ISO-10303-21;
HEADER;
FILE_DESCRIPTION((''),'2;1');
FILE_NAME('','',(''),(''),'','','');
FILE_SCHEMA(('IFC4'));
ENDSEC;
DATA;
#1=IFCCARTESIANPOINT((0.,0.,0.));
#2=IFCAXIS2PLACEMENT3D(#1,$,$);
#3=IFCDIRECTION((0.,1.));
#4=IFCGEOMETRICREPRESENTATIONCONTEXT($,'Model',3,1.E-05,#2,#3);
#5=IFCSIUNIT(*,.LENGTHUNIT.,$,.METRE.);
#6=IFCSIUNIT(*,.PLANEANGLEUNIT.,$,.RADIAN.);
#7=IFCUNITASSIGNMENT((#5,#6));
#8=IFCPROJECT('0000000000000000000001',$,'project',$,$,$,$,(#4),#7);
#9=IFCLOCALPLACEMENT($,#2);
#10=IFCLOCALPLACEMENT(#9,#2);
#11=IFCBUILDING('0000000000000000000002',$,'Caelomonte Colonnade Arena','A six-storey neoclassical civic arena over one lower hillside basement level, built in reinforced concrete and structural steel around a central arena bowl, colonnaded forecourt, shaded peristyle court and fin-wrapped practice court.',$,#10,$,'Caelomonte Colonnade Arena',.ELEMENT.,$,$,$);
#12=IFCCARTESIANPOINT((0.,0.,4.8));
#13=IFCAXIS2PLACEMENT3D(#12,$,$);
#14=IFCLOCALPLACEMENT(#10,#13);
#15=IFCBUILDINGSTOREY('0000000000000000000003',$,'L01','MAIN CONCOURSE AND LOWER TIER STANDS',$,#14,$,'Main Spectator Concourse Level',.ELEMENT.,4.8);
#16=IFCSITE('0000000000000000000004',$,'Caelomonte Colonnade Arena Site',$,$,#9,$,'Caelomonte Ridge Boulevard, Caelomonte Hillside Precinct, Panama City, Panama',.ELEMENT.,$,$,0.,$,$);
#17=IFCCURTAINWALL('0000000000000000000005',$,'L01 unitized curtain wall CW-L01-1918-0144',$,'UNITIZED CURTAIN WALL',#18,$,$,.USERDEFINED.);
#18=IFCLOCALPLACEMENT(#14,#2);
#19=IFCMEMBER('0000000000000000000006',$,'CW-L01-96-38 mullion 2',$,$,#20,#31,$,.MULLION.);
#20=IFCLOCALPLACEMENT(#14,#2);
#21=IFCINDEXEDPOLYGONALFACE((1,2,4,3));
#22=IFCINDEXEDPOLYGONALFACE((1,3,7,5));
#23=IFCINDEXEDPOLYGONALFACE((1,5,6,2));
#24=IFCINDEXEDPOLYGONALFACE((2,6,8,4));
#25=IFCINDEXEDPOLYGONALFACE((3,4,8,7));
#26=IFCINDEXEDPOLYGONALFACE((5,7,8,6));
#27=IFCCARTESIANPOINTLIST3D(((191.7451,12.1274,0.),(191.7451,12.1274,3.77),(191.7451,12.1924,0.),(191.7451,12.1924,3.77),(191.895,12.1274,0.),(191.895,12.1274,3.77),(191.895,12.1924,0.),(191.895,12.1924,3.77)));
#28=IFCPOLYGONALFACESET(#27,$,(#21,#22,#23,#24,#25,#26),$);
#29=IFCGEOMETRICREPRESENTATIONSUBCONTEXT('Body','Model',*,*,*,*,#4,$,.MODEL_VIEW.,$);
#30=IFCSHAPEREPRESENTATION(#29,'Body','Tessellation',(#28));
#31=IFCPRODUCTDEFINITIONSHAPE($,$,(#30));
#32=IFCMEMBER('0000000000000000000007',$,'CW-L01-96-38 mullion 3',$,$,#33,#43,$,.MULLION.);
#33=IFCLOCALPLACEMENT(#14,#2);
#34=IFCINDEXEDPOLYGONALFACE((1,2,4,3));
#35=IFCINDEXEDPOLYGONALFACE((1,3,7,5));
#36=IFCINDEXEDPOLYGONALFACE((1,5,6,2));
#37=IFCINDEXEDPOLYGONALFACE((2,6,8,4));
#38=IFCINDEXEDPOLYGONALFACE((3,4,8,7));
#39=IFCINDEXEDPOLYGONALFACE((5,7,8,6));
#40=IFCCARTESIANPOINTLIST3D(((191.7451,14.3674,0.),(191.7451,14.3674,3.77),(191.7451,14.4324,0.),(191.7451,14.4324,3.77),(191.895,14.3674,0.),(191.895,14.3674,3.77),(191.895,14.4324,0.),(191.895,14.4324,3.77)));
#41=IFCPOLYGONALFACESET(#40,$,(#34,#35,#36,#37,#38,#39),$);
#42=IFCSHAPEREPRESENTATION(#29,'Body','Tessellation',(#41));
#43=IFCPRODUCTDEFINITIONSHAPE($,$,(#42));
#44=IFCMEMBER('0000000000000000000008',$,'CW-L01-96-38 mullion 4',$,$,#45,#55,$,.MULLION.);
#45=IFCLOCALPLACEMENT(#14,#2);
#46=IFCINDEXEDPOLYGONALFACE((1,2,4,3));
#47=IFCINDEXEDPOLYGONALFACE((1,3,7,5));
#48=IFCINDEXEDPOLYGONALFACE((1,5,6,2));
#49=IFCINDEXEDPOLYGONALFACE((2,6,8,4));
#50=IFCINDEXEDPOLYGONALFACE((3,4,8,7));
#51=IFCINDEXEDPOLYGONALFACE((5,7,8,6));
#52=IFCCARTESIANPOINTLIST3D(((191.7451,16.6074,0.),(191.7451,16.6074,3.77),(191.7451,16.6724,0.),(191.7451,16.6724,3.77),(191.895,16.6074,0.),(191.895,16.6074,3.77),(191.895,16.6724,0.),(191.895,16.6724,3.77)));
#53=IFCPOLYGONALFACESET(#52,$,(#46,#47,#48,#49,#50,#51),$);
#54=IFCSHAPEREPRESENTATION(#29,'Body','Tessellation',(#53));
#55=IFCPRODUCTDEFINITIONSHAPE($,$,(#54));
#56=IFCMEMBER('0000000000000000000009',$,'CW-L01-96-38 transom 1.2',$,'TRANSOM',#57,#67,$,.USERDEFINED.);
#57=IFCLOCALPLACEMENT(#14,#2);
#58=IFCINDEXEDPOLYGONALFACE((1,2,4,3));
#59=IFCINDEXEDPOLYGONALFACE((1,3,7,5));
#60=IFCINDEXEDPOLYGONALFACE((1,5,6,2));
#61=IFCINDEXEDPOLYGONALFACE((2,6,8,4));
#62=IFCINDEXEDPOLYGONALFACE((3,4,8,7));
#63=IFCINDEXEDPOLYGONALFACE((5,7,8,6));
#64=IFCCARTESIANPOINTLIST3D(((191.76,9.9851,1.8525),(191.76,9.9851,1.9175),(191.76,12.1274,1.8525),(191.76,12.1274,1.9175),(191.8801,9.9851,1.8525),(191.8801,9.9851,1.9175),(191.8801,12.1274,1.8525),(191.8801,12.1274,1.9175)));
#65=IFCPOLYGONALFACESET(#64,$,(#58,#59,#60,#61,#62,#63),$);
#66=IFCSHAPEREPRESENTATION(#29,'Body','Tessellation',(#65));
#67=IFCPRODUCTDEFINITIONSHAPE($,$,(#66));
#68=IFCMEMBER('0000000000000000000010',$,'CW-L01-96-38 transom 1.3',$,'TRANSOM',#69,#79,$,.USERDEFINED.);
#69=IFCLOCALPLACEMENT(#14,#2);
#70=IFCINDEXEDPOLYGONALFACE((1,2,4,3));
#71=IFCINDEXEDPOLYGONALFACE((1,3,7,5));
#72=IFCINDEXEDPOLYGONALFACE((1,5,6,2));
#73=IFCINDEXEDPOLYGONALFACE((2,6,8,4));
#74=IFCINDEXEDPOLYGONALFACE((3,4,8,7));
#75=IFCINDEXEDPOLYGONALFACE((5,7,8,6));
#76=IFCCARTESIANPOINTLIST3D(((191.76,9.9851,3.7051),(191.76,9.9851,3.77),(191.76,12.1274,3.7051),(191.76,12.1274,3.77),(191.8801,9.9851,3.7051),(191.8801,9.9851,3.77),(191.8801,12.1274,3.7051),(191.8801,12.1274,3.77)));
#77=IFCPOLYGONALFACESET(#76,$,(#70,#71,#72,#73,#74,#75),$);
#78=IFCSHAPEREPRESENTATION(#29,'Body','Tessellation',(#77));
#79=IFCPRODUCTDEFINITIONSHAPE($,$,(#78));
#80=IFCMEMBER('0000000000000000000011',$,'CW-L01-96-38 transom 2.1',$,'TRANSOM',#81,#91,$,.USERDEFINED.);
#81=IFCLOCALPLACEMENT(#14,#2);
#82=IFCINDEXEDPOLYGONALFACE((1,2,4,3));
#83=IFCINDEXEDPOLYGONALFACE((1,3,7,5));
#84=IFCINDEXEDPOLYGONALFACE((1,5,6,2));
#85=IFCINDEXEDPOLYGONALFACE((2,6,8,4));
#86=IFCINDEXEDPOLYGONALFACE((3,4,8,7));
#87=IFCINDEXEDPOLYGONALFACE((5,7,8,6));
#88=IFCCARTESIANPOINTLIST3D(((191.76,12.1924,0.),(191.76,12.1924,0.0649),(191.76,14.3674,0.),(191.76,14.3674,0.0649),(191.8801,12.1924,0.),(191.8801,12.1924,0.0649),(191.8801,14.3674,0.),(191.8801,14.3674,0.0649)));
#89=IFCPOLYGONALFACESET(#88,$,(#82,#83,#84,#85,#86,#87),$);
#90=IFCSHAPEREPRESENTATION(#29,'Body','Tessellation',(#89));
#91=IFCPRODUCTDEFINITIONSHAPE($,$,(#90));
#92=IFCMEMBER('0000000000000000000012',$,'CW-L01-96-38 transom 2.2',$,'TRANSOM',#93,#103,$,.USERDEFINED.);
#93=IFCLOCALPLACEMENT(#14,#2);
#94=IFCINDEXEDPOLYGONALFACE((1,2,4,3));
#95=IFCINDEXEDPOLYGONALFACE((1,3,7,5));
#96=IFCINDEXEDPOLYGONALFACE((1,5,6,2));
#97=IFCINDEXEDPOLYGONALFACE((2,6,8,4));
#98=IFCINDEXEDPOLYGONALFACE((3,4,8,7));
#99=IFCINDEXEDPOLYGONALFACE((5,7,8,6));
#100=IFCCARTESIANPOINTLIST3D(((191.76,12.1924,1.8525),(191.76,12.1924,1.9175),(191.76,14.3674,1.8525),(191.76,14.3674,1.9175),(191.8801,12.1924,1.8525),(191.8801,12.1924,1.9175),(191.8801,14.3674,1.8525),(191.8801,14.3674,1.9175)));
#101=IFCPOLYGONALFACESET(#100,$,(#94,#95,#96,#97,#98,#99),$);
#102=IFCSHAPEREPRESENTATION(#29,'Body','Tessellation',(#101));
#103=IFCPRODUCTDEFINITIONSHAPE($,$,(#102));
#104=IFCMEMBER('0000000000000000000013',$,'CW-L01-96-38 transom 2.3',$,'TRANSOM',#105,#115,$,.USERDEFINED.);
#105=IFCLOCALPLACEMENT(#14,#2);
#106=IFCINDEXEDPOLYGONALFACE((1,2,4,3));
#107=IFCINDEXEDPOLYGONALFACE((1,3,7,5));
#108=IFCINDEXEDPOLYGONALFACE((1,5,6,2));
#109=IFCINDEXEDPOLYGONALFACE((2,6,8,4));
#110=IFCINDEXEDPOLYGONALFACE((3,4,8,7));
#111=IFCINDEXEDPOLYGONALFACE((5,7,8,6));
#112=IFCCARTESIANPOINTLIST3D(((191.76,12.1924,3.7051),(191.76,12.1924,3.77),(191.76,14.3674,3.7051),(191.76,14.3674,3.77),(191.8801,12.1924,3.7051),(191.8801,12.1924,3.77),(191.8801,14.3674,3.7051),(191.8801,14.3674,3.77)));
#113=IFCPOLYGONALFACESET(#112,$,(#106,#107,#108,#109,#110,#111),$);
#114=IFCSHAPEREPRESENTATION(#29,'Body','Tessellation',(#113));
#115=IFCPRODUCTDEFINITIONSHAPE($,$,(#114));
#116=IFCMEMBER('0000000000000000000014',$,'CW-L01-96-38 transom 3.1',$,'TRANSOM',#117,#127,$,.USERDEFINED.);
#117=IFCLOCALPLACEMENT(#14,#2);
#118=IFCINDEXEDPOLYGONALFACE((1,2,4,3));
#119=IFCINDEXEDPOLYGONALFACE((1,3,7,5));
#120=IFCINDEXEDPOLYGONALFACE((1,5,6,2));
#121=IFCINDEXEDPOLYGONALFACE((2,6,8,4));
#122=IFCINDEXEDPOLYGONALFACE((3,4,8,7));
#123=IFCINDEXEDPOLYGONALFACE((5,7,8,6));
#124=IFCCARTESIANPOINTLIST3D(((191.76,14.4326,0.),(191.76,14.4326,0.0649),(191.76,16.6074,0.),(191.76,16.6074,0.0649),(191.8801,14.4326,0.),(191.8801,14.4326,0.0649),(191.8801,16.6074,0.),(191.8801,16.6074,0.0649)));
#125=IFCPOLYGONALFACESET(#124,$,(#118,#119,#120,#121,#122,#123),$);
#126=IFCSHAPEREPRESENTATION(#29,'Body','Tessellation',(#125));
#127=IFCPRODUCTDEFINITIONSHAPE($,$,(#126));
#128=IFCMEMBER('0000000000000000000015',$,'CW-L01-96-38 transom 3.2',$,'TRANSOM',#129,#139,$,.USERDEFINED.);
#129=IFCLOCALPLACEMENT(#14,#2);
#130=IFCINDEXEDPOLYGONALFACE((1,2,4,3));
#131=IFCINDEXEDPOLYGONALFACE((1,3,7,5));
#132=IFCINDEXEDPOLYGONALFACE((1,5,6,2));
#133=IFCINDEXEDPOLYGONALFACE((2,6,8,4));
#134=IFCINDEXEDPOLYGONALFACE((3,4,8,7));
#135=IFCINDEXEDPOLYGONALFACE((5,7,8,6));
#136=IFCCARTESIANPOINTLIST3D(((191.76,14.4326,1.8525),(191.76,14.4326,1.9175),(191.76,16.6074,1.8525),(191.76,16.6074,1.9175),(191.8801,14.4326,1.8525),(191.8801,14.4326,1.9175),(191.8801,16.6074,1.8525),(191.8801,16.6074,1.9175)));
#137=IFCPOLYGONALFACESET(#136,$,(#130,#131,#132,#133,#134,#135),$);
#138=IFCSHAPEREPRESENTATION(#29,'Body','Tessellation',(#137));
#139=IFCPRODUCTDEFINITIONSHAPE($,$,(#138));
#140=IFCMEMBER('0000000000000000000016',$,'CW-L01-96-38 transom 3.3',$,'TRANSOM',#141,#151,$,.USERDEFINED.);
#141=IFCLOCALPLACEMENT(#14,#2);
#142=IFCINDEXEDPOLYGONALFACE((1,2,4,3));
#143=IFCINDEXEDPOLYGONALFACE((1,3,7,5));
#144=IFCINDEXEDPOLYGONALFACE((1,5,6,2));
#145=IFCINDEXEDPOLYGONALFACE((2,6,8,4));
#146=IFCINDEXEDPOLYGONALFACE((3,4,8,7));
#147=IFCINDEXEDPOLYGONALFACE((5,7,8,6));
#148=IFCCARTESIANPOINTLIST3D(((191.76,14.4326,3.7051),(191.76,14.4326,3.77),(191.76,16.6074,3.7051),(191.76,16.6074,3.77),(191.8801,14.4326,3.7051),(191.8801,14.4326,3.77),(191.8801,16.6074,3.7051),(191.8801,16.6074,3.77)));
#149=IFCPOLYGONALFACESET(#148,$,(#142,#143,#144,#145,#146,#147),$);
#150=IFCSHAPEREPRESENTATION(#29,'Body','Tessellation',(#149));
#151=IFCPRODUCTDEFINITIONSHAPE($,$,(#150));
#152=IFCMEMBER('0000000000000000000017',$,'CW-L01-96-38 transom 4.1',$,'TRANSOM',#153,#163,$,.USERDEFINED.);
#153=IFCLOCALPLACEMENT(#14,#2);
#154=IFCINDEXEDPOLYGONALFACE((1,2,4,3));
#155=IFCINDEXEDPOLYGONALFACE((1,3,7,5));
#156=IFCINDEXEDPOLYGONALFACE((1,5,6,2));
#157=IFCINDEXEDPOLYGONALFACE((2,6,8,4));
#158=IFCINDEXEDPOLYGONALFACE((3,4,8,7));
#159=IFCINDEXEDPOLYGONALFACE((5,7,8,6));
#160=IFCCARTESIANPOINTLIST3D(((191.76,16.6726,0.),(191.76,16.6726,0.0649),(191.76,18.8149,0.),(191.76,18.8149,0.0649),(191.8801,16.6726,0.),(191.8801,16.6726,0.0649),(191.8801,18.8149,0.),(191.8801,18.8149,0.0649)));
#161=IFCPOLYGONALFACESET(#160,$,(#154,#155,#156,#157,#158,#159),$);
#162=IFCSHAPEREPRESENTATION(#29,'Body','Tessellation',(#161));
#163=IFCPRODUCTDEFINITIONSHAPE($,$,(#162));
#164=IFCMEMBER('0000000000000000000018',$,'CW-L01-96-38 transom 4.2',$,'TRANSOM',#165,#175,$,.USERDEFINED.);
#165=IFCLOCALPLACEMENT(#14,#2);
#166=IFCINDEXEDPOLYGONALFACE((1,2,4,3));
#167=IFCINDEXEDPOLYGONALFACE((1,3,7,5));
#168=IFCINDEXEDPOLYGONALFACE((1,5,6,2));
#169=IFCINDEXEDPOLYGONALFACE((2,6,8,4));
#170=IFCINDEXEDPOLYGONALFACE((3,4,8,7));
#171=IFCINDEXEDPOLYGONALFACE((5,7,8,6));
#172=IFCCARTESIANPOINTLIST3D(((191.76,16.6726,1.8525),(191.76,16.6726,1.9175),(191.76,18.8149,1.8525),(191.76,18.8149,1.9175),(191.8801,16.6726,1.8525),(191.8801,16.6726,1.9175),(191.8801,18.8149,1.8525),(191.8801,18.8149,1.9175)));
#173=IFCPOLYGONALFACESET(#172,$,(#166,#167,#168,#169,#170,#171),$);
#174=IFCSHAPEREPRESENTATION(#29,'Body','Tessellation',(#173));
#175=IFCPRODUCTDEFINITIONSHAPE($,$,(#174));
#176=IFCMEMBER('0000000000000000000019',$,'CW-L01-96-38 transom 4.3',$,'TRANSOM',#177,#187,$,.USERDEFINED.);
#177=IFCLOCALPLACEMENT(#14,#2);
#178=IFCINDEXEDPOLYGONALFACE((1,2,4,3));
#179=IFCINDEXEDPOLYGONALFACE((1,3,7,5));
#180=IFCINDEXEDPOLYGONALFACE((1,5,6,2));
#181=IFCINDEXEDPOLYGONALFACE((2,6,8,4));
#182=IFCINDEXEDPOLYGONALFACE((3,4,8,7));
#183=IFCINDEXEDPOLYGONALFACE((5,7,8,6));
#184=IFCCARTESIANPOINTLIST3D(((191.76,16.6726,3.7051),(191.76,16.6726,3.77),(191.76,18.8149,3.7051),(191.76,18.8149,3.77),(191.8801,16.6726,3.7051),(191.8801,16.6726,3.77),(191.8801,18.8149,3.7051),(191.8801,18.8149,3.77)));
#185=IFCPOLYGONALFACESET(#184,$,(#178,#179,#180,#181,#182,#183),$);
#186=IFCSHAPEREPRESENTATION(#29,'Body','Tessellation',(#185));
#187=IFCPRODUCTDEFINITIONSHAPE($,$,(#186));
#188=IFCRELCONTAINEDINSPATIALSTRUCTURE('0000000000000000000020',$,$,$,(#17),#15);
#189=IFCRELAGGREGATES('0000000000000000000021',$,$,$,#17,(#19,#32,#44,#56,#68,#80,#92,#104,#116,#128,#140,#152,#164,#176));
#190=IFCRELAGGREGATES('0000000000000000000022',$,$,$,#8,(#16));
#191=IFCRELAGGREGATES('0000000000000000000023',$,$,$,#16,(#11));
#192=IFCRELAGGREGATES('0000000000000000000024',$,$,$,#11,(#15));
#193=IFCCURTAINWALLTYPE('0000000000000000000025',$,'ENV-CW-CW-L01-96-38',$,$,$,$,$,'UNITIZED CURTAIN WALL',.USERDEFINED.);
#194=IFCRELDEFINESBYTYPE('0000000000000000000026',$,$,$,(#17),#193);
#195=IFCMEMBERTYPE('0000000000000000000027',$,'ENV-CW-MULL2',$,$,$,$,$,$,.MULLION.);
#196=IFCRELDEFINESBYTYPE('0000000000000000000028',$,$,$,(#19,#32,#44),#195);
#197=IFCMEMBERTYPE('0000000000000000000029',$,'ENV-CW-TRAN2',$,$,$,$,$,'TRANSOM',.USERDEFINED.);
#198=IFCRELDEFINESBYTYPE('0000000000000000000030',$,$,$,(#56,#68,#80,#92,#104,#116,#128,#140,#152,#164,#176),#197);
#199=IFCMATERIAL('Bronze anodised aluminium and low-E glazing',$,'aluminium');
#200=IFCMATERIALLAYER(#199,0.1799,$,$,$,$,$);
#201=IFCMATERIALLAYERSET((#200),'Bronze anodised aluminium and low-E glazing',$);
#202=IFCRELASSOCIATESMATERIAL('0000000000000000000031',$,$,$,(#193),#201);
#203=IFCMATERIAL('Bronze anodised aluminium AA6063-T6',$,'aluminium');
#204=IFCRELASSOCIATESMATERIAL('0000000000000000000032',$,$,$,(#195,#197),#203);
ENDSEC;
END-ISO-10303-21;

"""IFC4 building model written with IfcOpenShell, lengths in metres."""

from ifc_helpers import new_model, si_unit, direction, frame, origin, origin_2d, place, context, subcontext, project, spatial, rectangle, extrude, material, layer, layer_set, material_profile, profile_set, type_object, element, aggregate, save


model = new_model("IFC4")

# Units and contexts
model_context = context("Model", 3, precision=1e-05, world=origin(), true_north=direction((0.0, 1.0)))
body_context = subcontext(model_context, "Body", "Model", "MODEL_VIEW")
ifc_project = project(units=[si_unit("LENGTHUNIT", "METRE"), si_unit("PLANEANGLEUNIT", "RADIAN")], contexts=[model_context])

# Site, building, storey
site_placement = place(None, origin())
site = spatial("IfcSite", under=ifc_project, at=site_placement, Name="Caelomonte Colonnade Arena Site", LongName="Caelomonte Ridge Boulevard, Caelomonte Hillside Precinct, Panama City, Panama", CompositionType="ELEMENT", RefElevation=0.0)
building_placement = place(site_placement, origin())
building = spatial("IfcBuilding", under=site, at=building_placement, Name="Caelomonte Colonnade Arena", Description="A six-storey neoclassical civic arena over one lower hillside basement level, built in reinforced concrete and structural steel around a central arena bowl, colonnaded forecourt, shaded peristyle court and fin-wrapped practice court.", LongName="Caelomonte Colonnade Arena", CompositionType="ELEMENT")
storey_placement = place(building_placement, frame((0.0, 0.0, 4.8)))
storey = spatial("IfcBuildingStorey", under=building, at=storey_placement, Name="L01", Description="MAIN CONCOURSE AND LOWER TIER STANDS", LongName="Main Spectator Concourse Level", CompositionType="ELEMENT", Elevation=4.8)

# Curtain wall, members
ifc_material_1 = material(Name="Bronze anodised aluminium and low-E glazing", Category="aluminium")
ifc_layer_1 = layer(ifc_material_1, 0.1799)
ifc_layer_set_1 = layer_set([ifc_layer_1], Name="Bronze anodised aluminium and low-E glazing")
curtain_wall_type = type_object("IfcCurtainWallType", Name="ENV-CW-CW-L01-96-38", ElementType="UNITIZED CURTAIN WALL", PredefinedType="USERDEFINED", material=ifc_layer_set_1)
curtain_wall_placement = place(storey_placement, origin())
curtain_wall = element("IfcCurtainWall", 1, at=curtain_wall_placement, inside=storey, type_object=curtain_wall_type, Name="L01 unitized curtain wall CW-L01-1918-0144", ObjectType="UNITIZED CURTAIN WALL", PredefinedType="USERDEFINED")
ifc_material_2 = material(Name="Bronze anodised aluminium AA6063-T6", Category="aluminium")
ifc_material_profile_1 = material_profile(ifc_material_2, rectangle(XDim=0.0649, YDim=0.1499, at=origin_2d()), Name="CWM-65X150")
ifc_profile_set_1 = profile_set([ifc_material_profile_1], Name="Bronze anodised aluminium AA6063-T6")
member_type_1 = type_object("IfcMemberType", Name="ENV-CW-MULL2", PredefinedType="MULLION", material=ifc_profile_set_1)
member_1_placement = place(storey_placement, frame((191.8201, 12.1599, 0.0), z_axis=(0.0, 0.0, 1.0), x_axis=(0.0, 1.0, 0.0)))
member_1 = element("IfcMember", 2, at=member_1_placement, type_object=member_type_1, Name="CW-L01-96-38 mullion 2", PredefinedType="MULLION", context=body_context, shape_type="SweptSolid", body=[
    extrude(rectangle(XDim=0.0649, YDim=0.1499, at=origin_2d()), origin(), (0.0, 0.0, 1.0), 3.77),
])
member_2_placement = place(storey_placement, frame((191.8201, 14.3999, 0.0), z_axis=(0.0, 0.0, 1.0), x_axis=(0.0, 1.0, 0.0)))
member_2 = element("IfcMember", 3, at=member_2_placement, type_object=member_type_1, Name="CW-L01-96-38 mullion 3", PredefinedType="MULLION", context=body_context, shape_type="SweptSolid", body=[
    extrude(rectangle(XDim=0.0649, YDim=0.1499, at=origin_2d()), origin(), (0.0, 0.0, 1.0), 3.77),
])
member_3_placement = place(storey_placement, frame((191.8201, 16.6399, 0.0), z_axis=(0.0, 0.0, 1.0), x_axis=(0.0, 1.0, 0.0)))
member_3 = element("IfcMember", 4, at=member_3_placement, type_object=member_type_1, Name="CW-L01-96-38 mullion 4", PredefinedType="MULLION", context=body_context, shape_type="SweptSolid", body=[
    extrude(rectangle(XDim=0.0649, YDim=0.1499, at=origin_2d()), origin(), (0.0, 0.0, 1.0), 3.77),
])
ifc_material_profile_2 = material_profile(ifc_material_2, rectangle(XDim=0.0649, YDim=0.1201, at=origin_2d()), Name="CWT-65X120")
ifc_profile_set_2 = profile_set([ifc_material_profile_2], Name="Bronze anodised aluminium AA6063-T6")
member_type_2 = type_object("IfcMemberType", Name="ENV-CW-TRAN2", ElementType="TRANSOM", PredefinedType="USERDEFINED", material=ifc_profile_set_2)
member_4_placement = place(storey_placement, frame((191.8201, 9.9851, 1.885), z_axis=(0.0, 1.0, 0.0), x_axis=(0.0, 0.0, 1.0)))
member_4 = element("IfcMember", 5, at=member_4_placement, type_object=member_type_2, Name="CW-L01-96-38 transom 1.2", ObjectType="TRANSOM", PredefinedType="USERDEFINED", context=body_context, shape_type="SweptSolid", body=[
    extrude(rectangle(XDim=0.0649, YDim=0.1201, at=origin_2d()), origin(), (0.0, 0.0, 1.0), 2.1423),
])
member_5_placement = place(storey_placement, frame((191.8201, 9.9851, 3.7375), z_axis=(0.0, 1.0, 0.0), x_axis=(0.0, 0.0, 1.0)))
member_5 = element("IfcMember", 6, at=member_5_placement, type_object=member_type_2, Name="CW-L01-96-38 transom 1.3", ObjectType="TRANSOM", PredefinedType="USERDEFINED", context=body_context, shape_type="SweptSolid", body=[
    extrude(rectangle(XDim=0.0649, YDim=0.1201, at=origin_2d()), origin(), (0.0, 0.0, 1.0), 2.1423),
])
member_6_placement = place(storey_placement, frame((191.8201, 12.1924, 0.0325), z_axis=(0.0, 1.0, 0.0), x_axis=(0.0, 0.0, 1.0)))
member_6 = element("IfcMember", 7, at=member_6_placement, type_object=member_type_2, Name="CW-L01-96-38 transom 2.1", ObjectType="TRANSOM", PredefinedType="USERDEFINED", context=body_context, shape_type="SweptSolid", body=[
    extrude(rectangle(XDim=0.0649, YDim=0.1201, at=origin_2d()), origin(), (0.0, 0.0, 1.0), 2.175),
])
member_7_placement = place(storey_placement, frame((191.8201, 12.1924, 1.885), z_axis=(0.0, 1.0, 0.0), x_axis=(0.0, 0.0, 1.0)))
member_7 = element("IfcMember", 8, at=member_7_placement, type_object=member_type_2, Name="CW-L01-96-38 transom 2.2", ObjectType="TRANSOM", PredefinedType="USERDEFINED", context=body_context, shape_type="SweptSolid", body=[
    extrude(rectangle(XDim=0.0649, YDim=0.1201, at=origin_2d()), origin(), (0.0, 0.0, 1.0), 2.175),
])
member_8_placement = place(storey_placement, frame((191.8201, 12.1924, 3.7375), z_axis=(0.0, 1.0, 0.0), x_axis=(0.0, 0.0, 1.0)))
member_8 = element("IfcMember", 9, at=member_8_placement, type_object=member_type_2, Name="CW-L01-96-38 transom 2.3", ObjectType="TRANSOM", PredefinedType="USERDEFINED", context=body_context, shape_type="SweptSolid", body=[
    extrude(rectangle(XDim=0.0649, YDim=0.1201, at=origin_2d()), origin(), (0.0, 0.0, 1.0), 2.175),
])
member_9_placement = place(storey_placement, frame((191.8201, 14.4326, 0.0325), z_axis=(0.0, 1.0, 0.0), x_axis=(0.0, 0.0, 1.0)))
member_9 = element("IfcMember", 10, at=member_9_placement, type_object=member_type_2, Name="CW-L01-96-38 transom 3.1", ObjectType="TRANSOM", PredefinedType="USERDEFINED", context=body_context, shape_type="SweptSolid", body=[
    extrude(rectangle(XDim=0.0649, YDim=0.1201, at=origin_2d()), origin(), (0.0, 0.0, 1.0), 2.1748),
])
member_10_placement = place(storey_placement, frame((191.8201, 14.4326, 1.885), z_axis=(0.0, 1.0, 0.0), x_axis=(0.0, 0.0, 1.0)))
member_10 = element("IfcMember", 11, at=member_10_placement, type_object=member_type_2, Name="CW-L01-96-38 transom 3.2", ObjectType="TRANSOM", PredefinedType="USERDEFINED", context=body_context, shape_type="SweptSolid", body=[
    extrude(rectangle(XDim=0.0649, YDim=0.1201, at=origin_2d()), origin(), (0.0, 0.0, 1.0), 2.1748),
])
member_11_placement = place(storey_placement, frame((191.8201, 14.4326, 3.7375), z_axis=(0.0, 1.0, 0.0), x_axis=(0.0, 0.0, 1.0)))
member_11 = element("IfcMember", 12, at=member_11_placement, type_object=member_type_2, Name="CW-L01-96-38 transom 3.3", ObjectType="TRANSOM", PredefinedType="USERDEFINED", context=body_context, shape_type="SweptSolid", body=[
    extrude(rectangle(XDim=0.0649, YDim=0.1201, at=origin_2d()), origin(), (0.0, 0.0, 1.0), 2.1748),
])
member_12_placement = place(storey_placement, frame((191.8201, 16.6726, 0.0325), z_axis=(0.0, 1.0, 0.0), x_axis=(0.0, 0.0, 1.0)))
member_12 = element("IfcMember", 13, at=member_12_placement, type_object=member_type_2, Name="CW-L01-96-38 transom 4.1", ObjectType="TRANSOM", PredefinedType="USERDEFINED", context=body_context, shape_type="SweptSolid", body=[
    extrude(rectangle(XDim=0.0649, YDim=0.1201, at=origin_2d()), origin(), (0.0, 0.0, 1.0), 2.1423),
])
member_13_placement = place(storey_placement, frame((191.8201, 16.6726, 1.885), z_axis=(0.0, 1.0, 0.0), x_axis=(0.0, 0.0, 1.0)))
member_13 = element("IfcMember", 14, at=member_13_placement, type_object=member_type_2, Name="CW-L01-96-38 transom 4.2", ObjectType="TRANSOM", PredefinedType="USERDEFINED", context=body_context, shape_type="SweptSolid", body=[
    extrude(rectangle(XDim=0.0649, YDim=0.1201, at=origin_2d()), origin(), (0.0, 0.0, 1.0), 2.1423),
])
member_14_placement = place(storey_placement, frame((191.8201, 16.6726, 3.7375), z_axis=(0.0, 1.0, 0.0), x_axis=(0.0, 0.0, 1.0)))
member_14 = element("IfcMember", 15, at=member_14_placement, type_object=member_type_2, Name="CW-L01-96-38 transom 4.3", ObjectType="TRANSOM", PredefinedType="USERDEFINED", context=body_context, shape_type="SweptSolid", body=[
    extrude(rectangle(XDim=0.0649, YDim=0.1201, at=origin_2d()), origin(), (0.0, 0.0, 1.0), 2.1423),
])

aggregate(curtain_wall, [member_1, member_2, member_3, member_4, member_5, member_6, member_7, member_8, member_9, member_10, member_11, member_12, member_13, member_14])

save(model, "model.ifc")
